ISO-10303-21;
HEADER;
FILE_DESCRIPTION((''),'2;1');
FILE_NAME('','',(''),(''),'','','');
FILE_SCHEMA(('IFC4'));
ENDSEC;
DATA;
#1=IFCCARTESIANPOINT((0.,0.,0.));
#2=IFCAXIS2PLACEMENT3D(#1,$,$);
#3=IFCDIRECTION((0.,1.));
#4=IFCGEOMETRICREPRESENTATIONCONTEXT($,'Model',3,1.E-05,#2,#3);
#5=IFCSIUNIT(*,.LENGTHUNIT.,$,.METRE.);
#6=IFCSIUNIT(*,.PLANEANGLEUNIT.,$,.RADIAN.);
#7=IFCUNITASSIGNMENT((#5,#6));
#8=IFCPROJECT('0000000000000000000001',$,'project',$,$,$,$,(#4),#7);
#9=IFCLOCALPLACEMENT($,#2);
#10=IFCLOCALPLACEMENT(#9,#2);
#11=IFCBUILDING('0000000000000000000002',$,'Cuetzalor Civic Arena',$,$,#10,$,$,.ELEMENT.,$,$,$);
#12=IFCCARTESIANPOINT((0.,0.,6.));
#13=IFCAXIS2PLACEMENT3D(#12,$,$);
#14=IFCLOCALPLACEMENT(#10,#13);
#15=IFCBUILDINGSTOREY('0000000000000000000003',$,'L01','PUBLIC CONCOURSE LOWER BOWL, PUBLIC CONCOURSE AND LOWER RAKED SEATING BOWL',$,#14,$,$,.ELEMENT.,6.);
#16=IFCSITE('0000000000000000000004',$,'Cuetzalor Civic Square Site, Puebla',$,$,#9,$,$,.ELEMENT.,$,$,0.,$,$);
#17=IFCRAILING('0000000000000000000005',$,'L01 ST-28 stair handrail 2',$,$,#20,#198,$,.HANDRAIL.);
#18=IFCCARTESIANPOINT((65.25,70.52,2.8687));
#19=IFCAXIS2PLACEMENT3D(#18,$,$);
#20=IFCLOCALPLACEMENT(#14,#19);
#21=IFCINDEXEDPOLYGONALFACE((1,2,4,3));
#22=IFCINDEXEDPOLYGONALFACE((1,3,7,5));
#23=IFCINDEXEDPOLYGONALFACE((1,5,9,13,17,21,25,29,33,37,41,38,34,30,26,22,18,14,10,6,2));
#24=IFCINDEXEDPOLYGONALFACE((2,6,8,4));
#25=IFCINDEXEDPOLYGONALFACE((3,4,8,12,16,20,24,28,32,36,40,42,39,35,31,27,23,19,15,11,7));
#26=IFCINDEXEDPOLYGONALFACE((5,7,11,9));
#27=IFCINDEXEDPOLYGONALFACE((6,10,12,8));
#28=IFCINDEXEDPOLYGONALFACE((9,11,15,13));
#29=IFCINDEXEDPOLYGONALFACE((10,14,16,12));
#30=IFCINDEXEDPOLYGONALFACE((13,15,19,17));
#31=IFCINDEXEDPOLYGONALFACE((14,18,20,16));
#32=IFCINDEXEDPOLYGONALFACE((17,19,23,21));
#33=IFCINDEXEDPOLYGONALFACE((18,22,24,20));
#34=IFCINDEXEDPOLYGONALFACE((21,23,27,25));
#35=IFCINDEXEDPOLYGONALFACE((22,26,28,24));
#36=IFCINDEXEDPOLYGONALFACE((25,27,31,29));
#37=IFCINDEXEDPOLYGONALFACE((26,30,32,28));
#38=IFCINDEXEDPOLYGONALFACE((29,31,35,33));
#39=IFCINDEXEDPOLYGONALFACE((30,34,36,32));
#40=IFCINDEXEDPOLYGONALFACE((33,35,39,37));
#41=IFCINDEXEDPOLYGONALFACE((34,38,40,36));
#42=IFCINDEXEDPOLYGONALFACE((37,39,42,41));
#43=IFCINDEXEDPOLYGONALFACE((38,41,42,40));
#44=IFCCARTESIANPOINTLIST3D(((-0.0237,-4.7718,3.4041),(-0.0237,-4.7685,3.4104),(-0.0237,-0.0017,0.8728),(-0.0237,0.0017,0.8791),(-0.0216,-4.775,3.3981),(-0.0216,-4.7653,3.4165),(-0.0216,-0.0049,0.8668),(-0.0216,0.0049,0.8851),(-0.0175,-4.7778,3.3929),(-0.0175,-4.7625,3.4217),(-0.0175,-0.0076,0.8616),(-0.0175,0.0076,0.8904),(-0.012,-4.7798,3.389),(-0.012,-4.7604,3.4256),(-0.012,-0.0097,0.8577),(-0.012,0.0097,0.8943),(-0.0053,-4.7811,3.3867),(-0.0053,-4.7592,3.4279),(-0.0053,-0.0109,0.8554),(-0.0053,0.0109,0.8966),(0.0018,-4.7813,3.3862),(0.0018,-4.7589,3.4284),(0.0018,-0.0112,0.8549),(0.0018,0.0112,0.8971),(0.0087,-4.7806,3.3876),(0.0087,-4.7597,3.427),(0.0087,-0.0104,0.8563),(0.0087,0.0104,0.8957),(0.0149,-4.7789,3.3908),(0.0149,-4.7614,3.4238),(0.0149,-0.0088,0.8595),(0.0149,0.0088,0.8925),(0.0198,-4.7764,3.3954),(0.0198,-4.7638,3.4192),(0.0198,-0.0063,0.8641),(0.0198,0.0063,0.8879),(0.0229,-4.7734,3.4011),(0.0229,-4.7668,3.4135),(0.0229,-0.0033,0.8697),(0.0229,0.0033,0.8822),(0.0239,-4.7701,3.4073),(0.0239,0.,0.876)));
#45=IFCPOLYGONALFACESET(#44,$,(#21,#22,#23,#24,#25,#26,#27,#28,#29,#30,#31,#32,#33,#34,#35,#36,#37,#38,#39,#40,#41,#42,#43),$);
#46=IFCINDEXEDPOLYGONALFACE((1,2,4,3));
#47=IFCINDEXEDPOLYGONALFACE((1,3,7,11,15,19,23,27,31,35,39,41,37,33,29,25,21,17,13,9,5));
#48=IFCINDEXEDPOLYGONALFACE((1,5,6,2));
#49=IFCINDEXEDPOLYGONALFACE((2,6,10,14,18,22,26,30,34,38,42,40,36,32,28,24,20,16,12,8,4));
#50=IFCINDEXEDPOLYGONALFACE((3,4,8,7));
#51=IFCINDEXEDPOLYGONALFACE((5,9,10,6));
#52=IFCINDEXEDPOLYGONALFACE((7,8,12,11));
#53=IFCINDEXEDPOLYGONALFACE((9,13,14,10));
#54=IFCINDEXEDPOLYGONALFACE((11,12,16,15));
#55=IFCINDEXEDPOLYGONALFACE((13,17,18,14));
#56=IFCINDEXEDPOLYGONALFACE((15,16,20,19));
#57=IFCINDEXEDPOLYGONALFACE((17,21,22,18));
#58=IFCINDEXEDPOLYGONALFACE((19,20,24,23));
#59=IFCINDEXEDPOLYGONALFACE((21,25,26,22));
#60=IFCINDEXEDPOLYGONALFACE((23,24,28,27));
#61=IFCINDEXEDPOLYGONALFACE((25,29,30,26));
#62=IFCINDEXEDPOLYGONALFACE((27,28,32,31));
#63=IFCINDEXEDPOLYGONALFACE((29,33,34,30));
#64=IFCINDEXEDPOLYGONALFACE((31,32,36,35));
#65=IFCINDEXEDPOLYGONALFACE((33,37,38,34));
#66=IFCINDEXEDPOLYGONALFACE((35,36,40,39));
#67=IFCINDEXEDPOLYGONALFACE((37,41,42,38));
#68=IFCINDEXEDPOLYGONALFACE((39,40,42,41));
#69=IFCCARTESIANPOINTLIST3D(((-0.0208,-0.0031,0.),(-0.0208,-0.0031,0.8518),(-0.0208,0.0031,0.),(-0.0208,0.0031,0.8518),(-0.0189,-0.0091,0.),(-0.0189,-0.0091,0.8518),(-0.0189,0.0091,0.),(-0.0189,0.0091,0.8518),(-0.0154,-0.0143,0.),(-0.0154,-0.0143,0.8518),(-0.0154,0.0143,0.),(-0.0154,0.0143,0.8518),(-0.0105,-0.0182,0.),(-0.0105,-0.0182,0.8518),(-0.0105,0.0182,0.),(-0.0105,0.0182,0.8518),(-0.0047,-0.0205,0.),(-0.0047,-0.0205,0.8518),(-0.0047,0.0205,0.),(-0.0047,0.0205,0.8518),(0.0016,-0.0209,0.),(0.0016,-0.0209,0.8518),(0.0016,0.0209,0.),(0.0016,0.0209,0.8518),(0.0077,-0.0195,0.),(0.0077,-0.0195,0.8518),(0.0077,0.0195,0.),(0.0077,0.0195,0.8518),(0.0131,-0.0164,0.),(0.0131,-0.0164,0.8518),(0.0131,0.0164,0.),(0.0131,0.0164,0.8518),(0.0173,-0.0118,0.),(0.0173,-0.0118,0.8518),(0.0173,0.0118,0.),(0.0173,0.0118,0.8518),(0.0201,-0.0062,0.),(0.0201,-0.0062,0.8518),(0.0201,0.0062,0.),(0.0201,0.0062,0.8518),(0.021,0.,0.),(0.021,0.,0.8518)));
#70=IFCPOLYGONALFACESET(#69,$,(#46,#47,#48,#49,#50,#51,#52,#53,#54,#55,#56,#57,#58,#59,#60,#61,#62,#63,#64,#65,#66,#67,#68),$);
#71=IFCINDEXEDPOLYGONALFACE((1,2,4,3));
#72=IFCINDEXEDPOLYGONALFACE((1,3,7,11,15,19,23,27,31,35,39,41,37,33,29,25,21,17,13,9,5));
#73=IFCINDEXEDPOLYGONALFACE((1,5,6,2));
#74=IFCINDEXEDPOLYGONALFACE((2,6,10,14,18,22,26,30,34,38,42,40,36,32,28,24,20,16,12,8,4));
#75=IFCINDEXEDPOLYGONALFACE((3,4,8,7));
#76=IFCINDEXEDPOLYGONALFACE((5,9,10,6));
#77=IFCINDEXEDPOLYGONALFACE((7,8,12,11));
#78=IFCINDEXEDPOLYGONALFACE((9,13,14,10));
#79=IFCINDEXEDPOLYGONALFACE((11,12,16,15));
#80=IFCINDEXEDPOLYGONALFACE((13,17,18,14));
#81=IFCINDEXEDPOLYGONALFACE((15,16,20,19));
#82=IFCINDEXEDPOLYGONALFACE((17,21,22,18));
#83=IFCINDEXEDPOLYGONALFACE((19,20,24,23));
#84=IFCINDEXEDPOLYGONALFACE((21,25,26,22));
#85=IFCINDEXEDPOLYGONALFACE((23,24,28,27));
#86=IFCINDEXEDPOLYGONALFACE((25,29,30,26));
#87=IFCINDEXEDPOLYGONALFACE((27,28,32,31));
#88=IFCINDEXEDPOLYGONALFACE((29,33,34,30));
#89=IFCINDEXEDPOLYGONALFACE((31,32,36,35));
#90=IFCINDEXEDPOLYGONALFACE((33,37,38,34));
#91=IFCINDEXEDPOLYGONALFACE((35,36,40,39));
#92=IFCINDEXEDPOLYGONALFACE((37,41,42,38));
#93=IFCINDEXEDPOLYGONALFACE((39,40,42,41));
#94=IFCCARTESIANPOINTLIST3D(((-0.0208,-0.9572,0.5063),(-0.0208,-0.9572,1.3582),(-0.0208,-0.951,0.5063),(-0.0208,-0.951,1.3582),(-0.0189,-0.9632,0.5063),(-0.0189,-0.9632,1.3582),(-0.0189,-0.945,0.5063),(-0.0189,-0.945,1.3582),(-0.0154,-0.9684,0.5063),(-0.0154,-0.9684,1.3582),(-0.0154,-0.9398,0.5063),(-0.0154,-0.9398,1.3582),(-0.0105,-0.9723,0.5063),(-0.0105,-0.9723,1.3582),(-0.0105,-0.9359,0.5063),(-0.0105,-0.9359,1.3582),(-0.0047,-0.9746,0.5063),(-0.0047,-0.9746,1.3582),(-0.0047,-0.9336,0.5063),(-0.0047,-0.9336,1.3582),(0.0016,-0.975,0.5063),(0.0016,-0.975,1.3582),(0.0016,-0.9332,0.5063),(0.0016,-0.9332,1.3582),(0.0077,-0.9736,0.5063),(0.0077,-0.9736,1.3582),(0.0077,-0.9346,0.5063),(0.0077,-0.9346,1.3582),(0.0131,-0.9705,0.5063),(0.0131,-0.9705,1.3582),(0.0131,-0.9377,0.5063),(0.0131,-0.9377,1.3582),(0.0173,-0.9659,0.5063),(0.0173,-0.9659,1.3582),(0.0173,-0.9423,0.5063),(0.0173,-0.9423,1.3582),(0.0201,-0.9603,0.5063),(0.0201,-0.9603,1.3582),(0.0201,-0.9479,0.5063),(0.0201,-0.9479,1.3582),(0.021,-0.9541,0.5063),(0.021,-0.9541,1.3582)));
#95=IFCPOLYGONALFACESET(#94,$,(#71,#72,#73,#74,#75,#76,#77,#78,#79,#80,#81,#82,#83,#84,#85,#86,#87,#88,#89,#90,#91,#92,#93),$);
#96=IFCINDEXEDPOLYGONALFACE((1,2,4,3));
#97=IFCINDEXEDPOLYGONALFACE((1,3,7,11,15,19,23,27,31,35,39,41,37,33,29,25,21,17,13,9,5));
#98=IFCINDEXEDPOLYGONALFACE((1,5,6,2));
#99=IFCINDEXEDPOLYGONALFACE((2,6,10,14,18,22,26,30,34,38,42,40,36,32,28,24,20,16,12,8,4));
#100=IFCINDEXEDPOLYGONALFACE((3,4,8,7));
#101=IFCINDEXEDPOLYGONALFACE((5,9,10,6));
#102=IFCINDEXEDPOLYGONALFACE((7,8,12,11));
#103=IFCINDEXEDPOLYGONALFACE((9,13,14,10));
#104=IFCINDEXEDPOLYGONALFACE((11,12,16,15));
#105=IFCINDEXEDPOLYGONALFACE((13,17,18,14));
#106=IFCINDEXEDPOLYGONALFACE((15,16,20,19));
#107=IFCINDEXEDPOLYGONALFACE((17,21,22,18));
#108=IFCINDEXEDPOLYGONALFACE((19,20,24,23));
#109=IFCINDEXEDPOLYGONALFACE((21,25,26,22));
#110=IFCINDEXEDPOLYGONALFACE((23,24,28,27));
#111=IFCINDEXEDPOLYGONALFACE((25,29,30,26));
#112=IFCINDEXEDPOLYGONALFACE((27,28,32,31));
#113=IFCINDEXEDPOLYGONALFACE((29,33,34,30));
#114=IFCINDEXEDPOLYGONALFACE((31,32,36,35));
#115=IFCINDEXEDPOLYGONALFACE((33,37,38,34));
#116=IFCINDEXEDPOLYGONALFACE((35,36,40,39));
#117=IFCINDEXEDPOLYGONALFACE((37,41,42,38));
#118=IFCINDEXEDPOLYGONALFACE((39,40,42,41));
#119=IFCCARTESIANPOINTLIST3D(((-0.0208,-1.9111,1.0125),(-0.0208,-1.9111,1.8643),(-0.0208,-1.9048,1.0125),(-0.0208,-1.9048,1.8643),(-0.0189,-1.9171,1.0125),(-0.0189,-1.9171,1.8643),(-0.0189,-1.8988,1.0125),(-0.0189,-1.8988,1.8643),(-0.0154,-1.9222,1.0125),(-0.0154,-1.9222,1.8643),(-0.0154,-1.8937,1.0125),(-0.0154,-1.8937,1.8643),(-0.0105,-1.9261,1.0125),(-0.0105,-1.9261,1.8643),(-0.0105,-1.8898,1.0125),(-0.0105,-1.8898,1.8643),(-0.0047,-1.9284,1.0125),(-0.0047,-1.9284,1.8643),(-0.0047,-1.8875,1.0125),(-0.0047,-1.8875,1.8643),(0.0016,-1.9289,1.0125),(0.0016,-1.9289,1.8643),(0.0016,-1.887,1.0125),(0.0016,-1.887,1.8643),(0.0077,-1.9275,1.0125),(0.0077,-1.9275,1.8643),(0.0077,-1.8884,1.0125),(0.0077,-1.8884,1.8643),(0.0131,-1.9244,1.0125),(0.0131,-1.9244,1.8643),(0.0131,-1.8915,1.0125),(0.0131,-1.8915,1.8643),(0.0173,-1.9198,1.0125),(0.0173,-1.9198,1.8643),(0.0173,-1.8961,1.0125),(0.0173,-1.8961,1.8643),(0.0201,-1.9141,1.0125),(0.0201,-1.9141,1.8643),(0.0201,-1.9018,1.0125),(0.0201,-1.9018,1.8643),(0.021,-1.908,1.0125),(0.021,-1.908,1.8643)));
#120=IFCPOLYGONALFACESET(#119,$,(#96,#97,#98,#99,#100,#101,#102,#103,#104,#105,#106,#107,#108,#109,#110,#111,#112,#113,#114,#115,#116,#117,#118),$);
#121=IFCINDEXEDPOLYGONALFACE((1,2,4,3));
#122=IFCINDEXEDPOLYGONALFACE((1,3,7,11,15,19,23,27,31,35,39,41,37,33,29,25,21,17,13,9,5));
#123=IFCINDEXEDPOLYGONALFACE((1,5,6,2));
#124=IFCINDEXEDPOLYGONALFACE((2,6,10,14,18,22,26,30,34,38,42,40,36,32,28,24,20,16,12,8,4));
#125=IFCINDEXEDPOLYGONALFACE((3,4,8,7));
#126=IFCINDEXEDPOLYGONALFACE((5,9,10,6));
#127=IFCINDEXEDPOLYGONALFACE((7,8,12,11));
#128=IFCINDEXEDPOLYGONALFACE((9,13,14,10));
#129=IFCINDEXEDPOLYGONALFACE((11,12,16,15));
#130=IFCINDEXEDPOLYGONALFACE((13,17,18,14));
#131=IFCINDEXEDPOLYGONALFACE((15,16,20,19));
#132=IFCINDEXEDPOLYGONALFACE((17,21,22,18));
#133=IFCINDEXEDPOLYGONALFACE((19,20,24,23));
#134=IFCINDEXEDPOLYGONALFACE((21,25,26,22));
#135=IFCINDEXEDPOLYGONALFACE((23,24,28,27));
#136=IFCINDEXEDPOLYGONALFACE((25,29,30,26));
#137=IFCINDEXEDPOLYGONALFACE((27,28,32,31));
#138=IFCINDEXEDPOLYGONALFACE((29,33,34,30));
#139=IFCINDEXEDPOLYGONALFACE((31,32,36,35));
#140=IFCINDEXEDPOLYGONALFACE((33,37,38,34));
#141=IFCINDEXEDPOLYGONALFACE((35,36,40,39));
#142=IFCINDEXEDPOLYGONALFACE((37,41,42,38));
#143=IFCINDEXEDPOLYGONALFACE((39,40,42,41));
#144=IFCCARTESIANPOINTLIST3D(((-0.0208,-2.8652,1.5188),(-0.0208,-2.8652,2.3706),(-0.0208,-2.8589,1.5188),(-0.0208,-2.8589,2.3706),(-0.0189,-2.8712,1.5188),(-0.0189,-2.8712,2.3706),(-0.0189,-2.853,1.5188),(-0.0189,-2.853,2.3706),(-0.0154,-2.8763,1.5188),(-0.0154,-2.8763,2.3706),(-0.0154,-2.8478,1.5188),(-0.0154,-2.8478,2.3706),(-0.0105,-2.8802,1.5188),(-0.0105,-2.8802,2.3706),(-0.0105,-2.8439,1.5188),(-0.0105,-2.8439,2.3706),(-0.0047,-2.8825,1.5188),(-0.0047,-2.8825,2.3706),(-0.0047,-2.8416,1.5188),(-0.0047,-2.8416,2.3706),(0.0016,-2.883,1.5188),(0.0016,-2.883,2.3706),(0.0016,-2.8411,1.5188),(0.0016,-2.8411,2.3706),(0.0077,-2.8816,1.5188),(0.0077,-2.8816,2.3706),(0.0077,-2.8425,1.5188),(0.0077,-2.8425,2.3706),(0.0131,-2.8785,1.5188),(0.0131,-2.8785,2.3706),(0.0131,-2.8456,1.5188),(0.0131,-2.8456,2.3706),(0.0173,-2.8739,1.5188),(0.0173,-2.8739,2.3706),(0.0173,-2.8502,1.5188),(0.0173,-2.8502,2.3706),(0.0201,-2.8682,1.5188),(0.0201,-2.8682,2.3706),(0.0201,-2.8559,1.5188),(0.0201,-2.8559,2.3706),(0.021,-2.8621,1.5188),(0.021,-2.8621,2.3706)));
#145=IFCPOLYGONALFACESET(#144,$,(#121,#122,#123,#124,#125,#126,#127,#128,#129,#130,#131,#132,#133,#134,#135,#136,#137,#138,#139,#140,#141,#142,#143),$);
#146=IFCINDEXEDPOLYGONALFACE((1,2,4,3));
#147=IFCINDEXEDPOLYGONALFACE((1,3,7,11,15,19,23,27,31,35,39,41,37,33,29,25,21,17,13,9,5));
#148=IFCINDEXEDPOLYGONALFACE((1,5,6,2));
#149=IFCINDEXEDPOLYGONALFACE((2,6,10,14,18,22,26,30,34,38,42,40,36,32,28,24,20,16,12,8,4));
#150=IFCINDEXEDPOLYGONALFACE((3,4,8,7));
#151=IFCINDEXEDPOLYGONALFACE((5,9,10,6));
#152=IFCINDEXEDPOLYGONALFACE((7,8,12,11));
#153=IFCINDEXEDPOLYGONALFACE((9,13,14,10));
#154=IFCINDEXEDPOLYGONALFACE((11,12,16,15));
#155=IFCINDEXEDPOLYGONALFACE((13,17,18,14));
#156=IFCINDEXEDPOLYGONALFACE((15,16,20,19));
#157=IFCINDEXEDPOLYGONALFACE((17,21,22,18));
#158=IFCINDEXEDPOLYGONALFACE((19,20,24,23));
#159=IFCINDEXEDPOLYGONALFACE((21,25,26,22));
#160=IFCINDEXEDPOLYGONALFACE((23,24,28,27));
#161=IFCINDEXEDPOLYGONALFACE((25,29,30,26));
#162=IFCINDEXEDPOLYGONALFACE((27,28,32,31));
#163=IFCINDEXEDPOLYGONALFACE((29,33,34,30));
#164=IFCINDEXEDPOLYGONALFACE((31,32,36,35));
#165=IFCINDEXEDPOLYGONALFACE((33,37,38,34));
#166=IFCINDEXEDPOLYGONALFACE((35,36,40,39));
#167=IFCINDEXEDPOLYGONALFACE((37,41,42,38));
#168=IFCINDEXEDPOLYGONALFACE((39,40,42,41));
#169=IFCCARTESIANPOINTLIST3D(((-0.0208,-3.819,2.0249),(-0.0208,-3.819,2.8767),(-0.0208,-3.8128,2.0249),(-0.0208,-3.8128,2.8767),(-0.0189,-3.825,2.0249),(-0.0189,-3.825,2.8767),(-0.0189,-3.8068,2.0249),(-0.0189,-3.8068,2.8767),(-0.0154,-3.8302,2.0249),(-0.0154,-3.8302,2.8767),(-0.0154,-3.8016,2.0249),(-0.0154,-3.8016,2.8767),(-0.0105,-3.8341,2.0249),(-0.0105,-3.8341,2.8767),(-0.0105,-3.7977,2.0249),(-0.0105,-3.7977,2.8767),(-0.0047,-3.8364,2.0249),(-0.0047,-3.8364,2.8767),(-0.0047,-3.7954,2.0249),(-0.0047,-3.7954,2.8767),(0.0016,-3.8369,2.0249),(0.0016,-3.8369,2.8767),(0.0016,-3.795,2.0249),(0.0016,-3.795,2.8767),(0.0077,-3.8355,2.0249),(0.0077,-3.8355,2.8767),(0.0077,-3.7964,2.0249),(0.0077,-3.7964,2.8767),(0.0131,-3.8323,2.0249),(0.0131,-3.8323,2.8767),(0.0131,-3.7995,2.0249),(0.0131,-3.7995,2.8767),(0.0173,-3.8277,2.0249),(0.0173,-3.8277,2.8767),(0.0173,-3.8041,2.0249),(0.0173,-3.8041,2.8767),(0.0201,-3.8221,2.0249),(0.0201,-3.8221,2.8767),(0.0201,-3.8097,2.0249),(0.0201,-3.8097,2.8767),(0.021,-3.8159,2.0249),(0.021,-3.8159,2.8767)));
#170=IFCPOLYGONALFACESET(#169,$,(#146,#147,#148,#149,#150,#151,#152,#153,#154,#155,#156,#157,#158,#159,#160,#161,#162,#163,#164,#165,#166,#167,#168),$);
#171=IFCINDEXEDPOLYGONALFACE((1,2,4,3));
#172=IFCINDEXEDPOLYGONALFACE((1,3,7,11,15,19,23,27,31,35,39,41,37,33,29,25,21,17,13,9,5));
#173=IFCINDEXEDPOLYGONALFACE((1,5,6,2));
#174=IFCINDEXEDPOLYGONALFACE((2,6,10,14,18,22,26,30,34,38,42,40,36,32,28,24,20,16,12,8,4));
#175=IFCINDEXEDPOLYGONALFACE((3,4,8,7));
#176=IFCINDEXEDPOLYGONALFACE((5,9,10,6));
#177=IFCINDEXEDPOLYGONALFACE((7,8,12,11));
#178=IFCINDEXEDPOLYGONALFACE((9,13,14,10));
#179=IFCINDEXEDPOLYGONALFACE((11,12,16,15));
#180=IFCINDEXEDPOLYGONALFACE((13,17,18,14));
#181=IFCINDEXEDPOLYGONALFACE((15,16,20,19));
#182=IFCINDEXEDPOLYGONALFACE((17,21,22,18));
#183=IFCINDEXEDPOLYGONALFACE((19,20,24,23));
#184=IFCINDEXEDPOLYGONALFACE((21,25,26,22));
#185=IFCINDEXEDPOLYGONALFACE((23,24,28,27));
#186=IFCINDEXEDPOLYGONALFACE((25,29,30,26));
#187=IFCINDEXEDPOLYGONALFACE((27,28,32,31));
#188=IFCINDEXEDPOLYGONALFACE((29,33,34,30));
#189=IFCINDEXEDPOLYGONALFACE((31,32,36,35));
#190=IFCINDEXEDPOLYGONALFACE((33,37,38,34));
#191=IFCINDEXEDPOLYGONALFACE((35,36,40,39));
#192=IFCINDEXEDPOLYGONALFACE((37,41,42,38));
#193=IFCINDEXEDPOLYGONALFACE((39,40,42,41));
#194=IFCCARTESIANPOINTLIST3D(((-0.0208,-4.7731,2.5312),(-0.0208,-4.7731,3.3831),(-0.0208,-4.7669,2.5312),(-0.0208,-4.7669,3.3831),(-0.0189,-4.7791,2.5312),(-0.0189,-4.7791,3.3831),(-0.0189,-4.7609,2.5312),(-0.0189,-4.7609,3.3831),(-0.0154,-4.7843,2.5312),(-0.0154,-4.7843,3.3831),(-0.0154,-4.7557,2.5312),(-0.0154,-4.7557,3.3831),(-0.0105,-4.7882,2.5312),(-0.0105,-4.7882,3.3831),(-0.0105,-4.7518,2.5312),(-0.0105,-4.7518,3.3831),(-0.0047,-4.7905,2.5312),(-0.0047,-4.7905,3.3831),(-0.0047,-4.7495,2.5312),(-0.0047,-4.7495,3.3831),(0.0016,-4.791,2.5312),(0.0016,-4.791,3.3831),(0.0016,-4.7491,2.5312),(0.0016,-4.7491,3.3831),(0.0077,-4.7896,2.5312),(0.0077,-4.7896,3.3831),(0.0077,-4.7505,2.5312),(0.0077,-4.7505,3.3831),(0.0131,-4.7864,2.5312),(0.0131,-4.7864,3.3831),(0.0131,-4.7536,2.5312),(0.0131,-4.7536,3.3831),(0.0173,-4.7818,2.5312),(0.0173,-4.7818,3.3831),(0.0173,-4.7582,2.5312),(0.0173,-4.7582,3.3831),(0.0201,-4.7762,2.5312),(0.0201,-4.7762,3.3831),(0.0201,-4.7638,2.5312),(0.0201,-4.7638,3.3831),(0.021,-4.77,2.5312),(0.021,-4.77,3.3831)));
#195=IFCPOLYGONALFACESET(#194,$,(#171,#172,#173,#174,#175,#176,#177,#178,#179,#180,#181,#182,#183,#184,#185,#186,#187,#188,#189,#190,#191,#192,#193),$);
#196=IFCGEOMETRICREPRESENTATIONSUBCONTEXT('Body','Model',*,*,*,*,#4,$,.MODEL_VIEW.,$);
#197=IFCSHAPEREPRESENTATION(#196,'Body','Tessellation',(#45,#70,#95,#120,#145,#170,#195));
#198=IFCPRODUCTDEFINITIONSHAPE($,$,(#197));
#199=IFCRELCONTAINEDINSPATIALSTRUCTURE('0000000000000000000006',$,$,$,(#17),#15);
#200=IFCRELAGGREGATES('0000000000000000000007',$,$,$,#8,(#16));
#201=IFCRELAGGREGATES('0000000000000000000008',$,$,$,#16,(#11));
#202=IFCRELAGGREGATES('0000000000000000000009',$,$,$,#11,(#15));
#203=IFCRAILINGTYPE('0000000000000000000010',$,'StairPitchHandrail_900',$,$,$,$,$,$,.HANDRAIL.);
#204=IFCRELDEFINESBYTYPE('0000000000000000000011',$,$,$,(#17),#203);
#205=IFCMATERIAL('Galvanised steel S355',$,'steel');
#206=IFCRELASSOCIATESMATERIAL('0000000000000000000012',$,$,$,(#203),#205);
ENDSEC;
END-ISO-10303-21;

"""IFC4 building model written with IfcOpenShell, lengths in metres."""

from ifc_helpers import new_model, si_unit, direction, frame, origin, origin_2d, place, context, subcontext, project, spatial, circle, extrude, material, type_object, element, save


model = new_model("IFC4")

# Units and contexts
model_context = context("Model", 3, precision=1e-05, world=origin(), true_north=direction((0.0, 1.0)))
body_context = subcontext(model_context, "Body", "Model", "MODEL_VIEW")
ifc_project = project(units=[si_unit("LENGTHUNIT", "METRE"), si_unit("PLANEANGLEUNIT", "RADIAN")], contexts=[model_context])

# Site, building, storey
site_placement = place(None, origin())
site = spatial("IfcSite", under=ifc_project, at=site_placement, Name="Cuetzalor Civic Square Site, Puebla", CompositionType="ELEMENT", RefElevation=0.0)
building_placement = place(site_placement, origin())
building = spatial("IfcBuilding", under=site, at=building_placement, Name="Cuetzalor Civic Arena", CompositionType="ELEMENT")
storey_placement = place(building_placement, frame((0.0, 0.0, 6.0)))
storey = spatial("IfcBuildingStorey", under=building, at=storey_placement, Name="L01", Description="PUBLIC CONCOURSE LOWER BOWL, PUBLIC CONCOURSE AND LOWER RAKED SEATING BOWL", CompositionType="ELEMENT", Elevation=6.0)

# Railing
ifc_material_1 = material(Name="Galvanised steel S355", Category="steel")
railing_type_1 = type_object("IfcRailingType", Name="StairPitchHandrail_900", PredefinedType="HANDRAIL", material=ifc_material_1)
railing_1_placement = place(storey_placement, frame((65.25, 70.52, 2.8687)))
element("IfcRailing", 1, at=railing_1_placement, inside=storey, type_object=railing_type_1, Name="L01 ST-28 stair handrail 2", PredefinedType="HANDRAIL", context=body_context, shape_type="SweptSolid", body=[
    extrude(circle(Radius=0.0239, at=origin_2d()), frame((0.0, 0.0, 0.876), z_axis=(0.0, -0.883332, 0.468747), x_axis=(1.0, 0.0, 0.0)), (0.0, 0.0, 1.0), 5.4001),
    extrude(circle(Radius=0.021, at=origin_2d()), origin(), (0.0, 0.0, 1.0), 0.8518),
    extrude(circle(Radius=0.021, at=origin_2d()), frame((0.0, -0.9541, 0.5063)), (0.0, 0.0, 1.0), 0.8518),
    extrude(circle(Radius=0.021, at=origin_2d()), frame((0.0, -1.908, 1.0125)), (0.0, 0.0, 1.0), 0.8518),
    extrude(circle(Radius=0.021, at=origin_2d()), frame((0.0, -2.8621, 1.5188)), (0.0, 0.0, 1.0), 0.8518),
    extrude(circle(Radius=0.021, at=origin_2d()), frame((0.0, -3.8159, 2.0249)), (0.0, 0.0, 1.0), 0.8518),
    extrude(circle(Radius=0.021, at=origin_2d()), frame((0.0, -4.77, 2.5312)), (0.0, 0.0, 1.0), 0.8518),
])

save(model, "model.ifc")
